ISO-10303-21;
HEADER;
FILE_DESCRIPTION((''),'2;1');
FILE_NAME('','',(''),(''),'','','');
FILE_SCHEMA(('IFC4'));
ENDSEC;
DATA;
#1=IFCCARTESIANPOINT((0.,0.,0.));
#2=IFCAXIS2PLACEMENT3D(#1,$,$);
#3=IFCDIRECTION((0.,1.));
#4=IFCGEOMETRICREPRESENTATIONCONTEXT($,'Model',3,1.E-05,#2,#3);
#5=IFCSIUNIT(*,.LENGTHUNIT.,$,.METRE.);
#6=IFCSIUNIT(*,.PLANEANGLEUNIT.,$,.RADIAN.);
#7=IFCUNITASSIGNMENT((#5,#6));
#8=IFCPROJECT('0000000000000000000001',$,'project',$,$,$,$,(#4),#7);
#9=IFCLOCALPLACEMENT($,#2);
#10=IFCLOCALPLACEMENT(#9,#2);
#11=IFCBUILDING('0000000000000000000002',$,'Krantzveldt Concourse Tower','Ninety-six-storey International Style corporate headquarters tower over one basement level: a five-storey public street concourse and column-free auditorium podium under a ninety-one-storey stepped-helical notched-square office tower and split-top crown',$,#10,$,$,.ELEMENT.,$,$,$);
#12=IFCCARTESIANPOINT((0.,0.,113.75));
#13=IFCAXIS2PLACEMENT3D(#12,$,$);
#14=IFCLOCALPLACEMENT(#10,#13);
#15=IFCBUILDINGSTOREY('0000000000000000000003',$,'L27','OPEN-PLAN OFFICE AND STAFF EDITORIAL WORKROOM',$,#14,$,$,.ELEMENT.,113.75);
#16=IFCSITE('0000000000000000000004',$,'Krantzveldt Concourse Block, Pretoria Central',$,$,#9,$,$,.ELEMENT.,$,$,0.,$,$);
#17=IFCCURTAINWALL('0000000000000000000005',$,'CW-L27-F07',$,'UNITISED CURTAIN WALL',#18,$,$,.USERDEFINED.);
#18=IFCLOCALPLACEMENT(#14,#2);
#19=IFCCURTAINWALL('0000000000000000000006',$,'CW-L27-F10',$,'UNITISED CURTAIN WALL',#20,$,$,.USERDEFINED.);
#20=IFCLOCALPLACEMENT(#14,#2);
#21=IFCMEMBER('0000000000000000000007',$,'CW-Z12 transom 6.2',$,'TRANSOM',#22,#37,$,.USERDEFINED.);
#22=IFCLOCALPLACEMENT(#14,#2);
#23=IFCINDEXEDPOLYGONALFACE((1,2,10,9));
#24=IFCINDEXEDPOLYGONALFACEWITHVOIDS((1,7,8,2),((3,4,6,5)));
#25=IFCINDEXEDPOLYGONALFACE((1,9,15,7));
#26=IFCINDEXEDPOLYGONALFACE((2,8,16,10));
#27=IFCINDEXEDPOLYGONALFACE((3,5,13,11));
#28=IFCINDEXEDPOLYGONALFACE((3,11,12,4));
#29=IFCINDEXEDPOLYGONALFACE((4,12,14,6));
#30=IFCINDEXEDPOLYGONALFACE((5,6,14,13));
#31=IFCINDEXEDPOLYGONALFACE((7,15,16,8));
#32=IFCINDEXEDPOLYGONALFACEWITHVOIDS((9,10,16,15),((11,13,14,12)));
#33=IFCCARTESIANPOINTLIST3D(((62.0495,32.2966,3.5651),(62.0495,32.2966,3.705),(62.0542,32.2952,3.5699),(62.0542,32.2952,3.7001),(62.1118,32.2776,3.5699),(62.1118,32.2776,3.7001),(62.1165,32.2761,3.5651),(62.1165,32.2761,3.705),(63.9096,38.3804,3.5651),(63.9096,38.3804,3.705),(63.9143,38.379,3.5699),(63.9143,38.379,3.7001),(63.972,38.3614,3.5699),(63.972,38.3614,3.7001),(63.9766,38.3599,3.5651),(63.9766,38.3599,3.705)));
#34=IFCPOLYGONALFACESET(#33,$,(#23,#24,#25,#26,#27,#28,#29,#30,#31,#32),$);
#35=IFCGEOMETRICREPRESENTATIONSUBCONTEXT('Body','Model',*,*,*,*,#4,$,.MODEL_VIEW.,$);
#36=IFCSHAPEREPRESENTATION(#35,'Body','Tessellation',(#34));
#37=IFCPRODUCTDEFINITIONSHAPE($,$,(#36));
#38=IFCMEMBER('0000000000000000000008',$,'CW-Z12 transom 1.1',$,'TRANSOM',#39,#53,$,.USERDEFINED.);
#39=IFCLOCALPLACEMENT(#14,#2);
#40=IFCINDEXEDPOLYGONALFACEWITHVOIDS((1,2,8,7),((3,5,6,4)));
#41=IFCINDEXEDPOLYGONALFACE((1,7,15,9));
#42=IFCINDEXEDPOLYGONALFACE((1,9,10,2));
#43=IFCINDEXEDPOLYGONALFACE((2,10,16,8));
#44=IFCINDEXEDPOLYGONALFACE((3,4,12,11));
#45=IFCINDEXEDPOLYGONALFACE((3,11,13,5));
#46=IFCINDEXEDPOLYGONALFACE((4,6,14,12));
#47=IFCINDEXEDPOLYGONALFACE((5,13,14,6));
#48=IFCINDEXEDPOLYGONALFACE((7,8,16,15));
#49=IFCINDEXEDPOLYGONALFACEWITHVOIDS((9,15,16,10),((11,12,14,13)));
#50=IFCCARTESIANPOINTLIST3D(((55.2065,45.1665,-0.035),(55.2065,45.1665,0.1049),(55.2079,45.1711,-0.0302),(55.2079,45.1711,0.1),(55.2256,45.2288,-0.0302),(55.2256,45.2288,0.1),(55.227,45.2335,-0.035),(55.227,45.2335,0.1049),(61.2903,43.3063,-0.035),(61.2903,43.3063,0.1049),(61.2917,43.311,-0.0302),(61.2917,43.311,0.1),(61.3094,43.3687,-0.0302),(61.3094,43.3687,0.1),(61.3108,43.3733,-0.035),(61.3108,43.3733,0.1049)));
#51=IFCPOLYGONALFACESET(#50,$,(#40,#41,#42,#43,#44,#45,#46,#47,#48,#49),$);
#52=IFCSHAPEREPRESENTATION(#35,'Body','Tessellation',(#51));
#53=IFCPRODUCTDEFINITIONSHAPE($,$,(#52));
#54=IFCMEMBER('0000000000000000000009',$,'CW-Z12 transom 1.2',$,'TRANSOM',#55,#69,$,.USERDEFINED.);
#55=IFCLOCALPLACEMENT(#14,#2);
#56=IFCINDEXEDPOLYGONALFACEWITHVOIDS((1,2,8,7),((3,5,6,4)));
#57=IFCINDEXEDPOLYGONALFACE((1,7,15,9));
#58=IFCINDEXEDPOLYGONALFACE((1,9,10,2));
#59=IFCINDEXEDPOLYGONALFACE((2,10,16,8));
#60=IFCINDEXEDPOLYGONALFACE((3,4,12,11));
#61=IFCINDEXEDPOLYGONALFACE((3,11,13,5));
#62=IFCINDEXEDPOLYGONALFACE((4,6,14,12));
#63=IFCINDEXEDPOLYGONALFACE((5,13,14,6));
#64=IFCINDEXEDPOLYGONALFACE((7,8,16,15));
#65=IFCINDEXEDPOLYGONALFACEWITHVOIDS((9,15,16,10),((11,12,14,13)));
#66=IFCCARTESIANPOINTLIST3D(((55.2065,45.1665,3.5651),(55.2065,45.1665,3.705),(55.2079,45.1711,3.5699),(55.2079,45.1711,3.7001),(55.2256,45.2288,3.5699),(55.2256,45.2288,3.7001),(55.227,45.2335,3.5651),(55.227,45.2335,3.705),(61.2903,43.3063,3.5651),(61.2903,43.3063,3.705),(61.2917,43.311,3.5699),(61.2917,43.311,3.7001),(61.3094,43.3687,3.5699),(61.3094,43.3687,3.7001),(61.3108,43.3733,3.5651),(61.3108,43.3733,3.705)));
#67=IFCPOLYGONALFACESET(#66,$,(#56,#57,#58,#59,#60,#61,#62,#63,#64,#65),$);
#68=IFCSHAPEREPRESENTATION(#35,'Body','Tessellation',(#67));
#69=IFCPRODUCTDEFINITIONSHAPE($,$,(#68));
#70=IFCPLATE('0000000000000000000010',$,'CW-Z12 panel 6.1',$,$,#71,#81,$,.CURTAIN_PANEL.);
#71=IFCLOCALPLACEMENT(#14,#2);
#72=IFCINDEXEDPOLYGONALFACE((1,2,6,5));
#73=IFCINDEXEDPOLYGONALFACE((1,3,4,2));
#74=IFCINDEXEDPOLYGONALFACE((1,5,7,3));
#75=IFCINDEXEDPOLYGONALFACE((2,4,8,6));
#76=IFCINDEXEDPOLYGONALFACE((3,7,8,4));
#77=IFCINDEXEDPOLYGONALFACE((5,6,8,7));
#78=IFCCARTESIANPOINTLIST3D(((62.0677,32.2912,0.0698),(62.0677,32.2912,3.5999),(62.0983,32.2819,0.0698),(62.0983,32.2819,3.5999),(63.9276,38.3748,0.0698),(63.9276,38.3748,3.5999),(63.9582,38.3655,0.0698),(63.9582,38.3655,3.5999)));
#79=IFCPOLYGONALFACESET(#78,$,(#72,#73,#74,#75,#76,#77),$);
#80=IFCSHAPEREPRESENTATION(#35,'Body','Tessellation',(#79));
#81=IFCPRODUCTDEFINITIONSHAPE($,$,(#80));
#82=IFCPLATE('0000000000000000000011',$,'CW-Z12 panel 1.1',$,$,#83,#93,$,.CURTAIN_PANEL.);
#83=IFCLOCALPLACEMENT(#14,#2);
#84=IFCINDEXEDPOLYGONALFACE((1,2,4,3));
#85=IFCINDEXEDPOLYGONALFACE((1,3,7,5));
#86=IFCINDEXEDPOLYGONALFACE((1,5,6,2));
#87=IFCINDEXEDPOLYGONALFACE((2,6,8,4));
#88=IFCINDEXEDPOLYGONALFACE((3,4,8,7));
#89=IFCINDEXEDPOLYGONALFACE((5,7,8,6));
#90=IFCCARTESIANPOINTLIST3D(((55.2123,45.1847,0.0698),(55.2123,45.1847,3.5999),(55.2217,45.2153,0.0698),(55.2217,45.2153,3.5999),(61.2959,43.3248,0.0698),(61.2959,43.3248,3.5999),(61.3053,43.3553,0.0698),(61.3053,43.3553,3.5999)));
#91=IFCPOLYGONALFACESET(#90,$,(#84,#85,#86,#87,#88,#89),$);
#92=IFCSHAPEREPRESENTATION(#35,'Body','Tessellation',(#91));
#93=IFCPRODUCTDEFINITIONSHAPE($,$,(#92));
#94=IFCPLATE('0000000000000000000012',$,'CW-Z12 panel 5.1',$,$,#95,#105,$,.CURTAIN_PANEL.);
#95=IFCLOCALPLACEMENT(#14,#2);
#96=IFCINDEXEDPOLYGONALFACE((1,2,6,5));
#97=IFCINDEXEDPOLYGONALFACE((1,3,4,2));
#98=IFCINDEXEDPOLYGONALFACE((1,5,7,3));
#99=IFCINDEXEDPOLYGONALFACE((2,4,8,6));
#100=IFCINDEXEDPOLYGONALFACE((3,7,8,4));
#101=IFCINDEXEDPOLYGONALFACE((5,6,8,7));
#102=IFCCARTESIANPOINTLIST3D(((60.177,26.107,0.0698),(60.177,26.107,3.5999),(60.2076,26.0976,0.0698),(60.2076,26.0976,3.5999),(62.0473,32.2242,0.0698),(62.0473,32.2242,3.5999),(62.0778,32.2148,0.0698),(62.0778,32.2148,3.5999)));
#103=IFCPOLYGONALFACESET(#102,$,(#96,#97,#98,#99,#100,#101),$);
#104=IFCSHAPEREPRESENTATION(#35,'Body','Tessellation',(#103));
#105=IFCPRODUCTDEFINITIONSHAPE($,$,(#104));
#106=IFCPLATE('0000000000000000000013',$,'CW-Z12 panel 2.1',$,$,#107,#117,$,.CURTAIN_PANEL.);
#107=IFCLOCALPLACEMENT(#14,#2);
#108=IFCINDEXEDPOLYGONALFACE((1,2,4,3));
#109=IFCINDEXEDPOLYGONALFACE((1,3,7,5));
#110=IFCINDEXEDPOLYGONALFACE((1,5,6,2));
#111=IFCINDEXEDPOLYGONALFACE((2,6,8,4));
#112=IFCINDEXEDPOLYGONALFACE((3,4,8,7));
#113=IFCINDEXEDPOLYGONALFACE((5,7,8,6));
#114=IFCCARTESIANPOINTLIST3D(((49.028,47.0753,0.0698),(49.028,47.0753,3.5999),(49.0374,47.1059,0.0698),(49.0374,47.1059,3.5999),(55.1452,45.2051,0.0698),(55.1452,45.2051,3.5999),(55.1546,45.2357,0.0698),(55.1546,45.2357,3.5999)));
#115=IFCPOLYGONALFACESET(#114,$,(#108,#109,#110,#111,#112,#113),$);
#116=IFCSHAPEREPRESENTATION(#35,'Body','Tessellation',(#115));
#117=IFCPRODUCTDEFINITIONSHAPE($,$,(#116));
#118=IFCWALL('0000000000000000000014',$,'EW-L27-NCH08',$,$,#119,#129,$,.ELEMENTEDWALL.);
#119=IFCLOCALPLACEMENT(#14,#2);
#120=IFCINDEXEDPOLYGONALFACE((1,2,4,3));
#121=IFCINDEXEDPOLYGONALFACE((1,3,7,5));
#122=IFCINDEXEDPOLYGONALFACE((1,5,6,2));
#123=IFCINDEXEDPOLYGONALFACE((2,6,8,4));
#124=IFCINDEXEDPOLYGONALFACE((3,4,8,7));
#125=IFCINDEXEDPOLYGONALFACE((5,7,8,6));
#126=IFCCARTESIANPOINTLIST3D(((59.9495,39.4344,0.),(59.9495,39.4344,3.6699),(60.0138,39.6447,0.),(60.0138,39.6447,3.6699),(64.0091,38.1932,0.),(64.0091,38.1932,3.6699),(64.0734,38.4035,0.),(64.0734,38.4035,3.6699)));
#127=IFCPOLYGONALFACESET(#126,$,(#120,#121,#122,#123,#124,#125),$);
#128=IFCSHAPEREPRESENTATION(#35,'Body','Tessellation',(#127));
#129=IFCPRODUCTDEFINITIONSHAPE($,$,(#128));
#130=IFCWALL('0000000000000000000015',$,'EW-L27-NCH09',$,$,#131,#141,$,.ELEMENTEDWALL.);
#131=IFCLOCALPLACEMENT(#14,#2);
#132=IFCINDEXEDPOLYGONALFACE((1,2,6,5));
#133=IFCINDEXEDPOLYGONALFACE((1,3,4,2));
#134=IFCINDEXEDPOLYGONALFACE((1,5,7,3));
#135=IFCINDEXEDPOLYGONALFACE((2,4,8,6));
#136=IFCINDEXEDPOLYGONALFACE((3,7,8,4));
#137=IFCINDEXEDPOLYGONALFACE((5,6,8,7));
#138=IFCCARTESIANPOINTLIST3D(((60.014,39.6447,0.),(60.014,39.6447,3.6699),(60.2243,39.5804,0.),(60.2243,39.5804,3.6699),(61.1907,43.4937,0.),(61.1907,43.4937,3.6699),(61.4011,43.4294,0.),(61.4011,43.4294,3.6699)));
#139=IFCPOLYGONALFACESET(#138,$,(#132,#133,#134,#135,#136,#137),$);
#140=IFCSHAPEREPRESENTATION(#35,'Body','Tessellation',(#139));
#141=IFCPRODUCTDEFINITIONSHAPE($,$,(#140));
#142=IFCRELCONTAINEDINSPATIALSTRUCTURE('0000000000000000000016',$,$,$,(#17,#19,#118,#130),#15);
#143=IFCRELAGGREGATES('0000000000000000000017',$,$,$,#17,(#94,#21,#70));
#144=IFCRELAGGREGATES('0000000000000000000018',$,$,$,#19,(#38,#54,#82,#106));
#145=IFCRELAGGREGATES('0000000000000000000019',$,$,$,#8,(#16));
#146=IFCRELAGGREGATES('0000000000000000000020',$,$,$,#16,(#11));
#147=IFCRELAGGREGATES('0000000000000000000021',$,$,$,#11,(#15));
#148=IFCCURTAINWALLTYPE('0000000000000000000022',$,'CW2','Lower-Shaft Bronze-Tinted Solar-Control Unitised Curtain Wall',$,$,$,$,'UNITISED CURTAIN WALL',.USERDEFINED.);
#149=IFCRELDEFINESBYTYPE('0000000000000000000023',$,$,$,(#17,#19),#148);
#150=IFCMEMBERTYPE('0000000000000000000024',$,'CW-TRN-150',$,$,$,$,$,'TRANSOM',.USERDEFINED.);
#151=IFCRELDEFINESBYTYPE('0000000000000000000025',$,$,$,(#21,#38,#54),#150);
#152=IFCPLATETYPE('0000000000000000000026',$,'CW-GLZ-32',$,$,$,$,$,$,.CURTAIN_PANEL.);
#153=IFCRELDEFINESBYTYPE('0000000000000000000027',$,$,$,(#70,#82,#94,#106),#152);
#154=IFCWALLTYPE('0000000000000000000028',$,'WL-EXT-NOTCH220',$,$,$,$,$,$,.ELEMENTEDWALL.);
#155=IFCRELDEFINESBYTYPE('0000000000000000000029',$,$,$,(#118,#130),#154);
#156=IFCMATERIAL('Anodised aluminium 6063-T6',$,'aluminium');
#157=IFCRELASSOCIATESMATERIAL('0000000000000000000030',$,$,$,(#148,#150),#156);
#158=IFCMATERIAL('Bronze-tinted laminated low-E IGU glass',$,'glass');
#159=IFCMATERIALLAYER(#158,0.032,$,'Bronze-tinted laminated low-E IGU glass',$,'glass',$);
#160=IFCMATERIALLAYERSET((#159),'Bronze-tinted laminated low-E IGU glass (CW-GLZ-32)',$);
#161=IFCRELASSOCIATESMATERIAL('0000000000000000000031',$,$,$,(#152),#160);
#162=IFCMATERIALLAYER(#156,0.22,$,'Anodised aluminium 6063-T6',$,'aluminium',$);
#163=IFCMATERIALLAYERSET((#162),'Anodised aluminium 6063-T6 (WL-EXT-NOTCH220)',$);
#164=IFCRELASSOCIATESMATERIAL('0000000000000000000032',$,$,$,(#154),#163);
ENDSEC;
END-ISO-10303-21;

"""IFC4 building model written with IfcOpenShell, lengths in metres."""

from ifc_helpers import new_model, si_unit, direction, frame, frame_2d, origin, origin_2d, place, context, subcontext, project, spatial, rectangle, hollow_rectangle, extrude, source, transform, mapped, material, layer, layer_set, material_profile, profile_set, type_object, type_shapes, element, aggregate, save


model = new_model("IFC4")

# Units and contexts
model_context = context("Model", 3, precision=1e-05, world=origin(), true_north=direction((0.0, 1.0)))
body_context = subcontext(model_context, "Body", "Model", "MODEL_VIEW")
ifc_project = project(units=[si_unit("LENGTHUNIT", "METRE"), si_unit("PLANEANGLEUNIT", "RADIAN")], contexts=[model_context])

# Site, building, storey
site_placement = place(None, origin())
site = spatial("IfcSite", under=ifc_project, at=site_placement, Name="Krantzveldt Concourse Block, Pretoria Central", CompositionType="ELEMENT", RefElevation=0.0)
building_placement = place(site_placement, origin())
building = spatial("IfcBuilding", under=site, at=building_placement, Name="Krantzveldt Concourse Tower", Description="Ninety-six-storey International Style corporate headquarters tower over one basement level: a five-storey public street concourse and column-free auditorium podium under a ninety-one-storey stepped-helical notched-square office tower and split-top crown", CompositionType="ELEMENT")
storey_placement = place(building_placement, frame((0.0, 0.0, 113.75)))
storey = spatial("IfcBuildingStorey", under=building, at=storey_placement, Name="L27", Description="OPEN-PLAN OFFICE AND STAFF EDITORIAL WORKROOM", CompositionType="ELEMENT", Elevation=113.75)

# Curtain walls
ifc_material_1 = material(Name="Anodised aluminium 6063-T6", Category="aluminium")
curtain_wall_type = type_object("IfcCurtainWallType", Name="CW2", Description="Lower-Shaft Bronze-Tinted Solar-Control Unitised Curtain Wall", ElementType="UNITISED CURTAIN WALL", PredefinedType="USERDEFINED", material=ifc_material_1)
curtain_wall_1_placement = place(storey_placement, origin())
curtain_wall_1 = element("IfcCurtainWall", 1, at=curtain_wall_1_placement, inside=storey, type_object=curtain_wall_type, Name="CW-L27-F07", ObjectType="UNITISED CURTAIN WALL", PredefinedType="USERDEFINED")
curtain_wall_2_placement = place(storey_placement, origin())
curtain_wall_2 = element("IfcCurtainWall", 2, at=curtain_wall_2_placement, inside=storey, type_object=curtain_wall_type, Name="CW-L27-F10", ObjectType="UNITISED CURTAIN WALL", PredefinedType="USERDEFINED")

# Members
ifc_material_profile_1 = material_profile(ifc_material_1, hollow_rectangle(XDim=0.0701, YDim=0.1399, WallThickness=0.0049, at=origin_2d()), Name="Anodised aluminium 6063-T6", Category="aluminium")
ifc_profile_set_1 = profile_set([ifc_material_profile_1], Name="Anodised aluminium 6063-T6 - ALU-TRAN 140x70x5")
member_type_1 = type_object("IfcMemberType", Name="CW-TRN-150", ElementType="TRANSOM", PredefinedType="USERDEFINED", material=ifc_profile_set_1)
shared_shape_1 = source(origin(), body_context, "Body", "SweptSolid", [
    extrude(hollow_rectangle(XDim=0.0701, YDim=0.1399, WallThickness=0.0049, at=origin_2d()), origin(), (0.0, 0.0, 1.0), 6.3618),
])
member_1_placement = place(storey_placement, frame((62.083, 32.2864, 3.635), z_axis=(0.292389, 0.956299, 0.0), x_axis=(-0.956299, 0.292389, 0.0)))
member_1 = element("IfcMember", 3, at=member_1_placement, type_object=member_type_1, Name="CW-Z12 transom 6.2", ObjectType="TRANSOM", PredefinedType="USERDEFINED", context=body_context, shape_type="MappedRepresentation", body=[
    mapped(shared_shape_1, transform((0.0, 0.0, 0.0), x_axis=(1.0, 0.0, 0.0), y_axis=(0.0, 1.0, 0.0), z_axis=(0.0, 0.0, 1.0), scale=1.0)),
])
member_2_placement = place(storey_placement, frame((61.3005, 43.3398, 0.0349), z_axis=(-0.956299, 0.292389, 0.0), x_axis=(-0.292389, -0.956299, 0.0)))
member_2 = element("IfcMember", 4, at=member_2_placement, type_object=member_type_1, Name="CW-Z12 transom 1.1", ObjectType="TRANSOM", PredefinedType="USERDEFINED", context=body_context, shape_type="MappedRepresentation", body=[
    mapped(shared_shape_1, transform((0.0, 0.0, 0.0), x_axis=(1.0, 0.0, 0.0), y_axis=(0.0, 1.0, 0.0), z_axis=(0.0, 0.0, 1.0), scale=1.0)),
])
member_3_placement = place(storey_placement, frame((61.3005, 43.3398, 3.635), z_axis=(-0.956299, 0.292389, 0.0), x_axis=(-0.292389, -0.956299, 0.0)))
member_3 = element("IfcMember", 5, at=member_3_placement, type_object=member_type_1, Name="CW-Z12 transom 1.2", ObjectType="TRANSOM", PredefinedType="USERDEFINED", context=body_context, shape_type="MappedRepresentation", body=[
    mapped(shared_shape_1, transform((0.0, 0.0, 0.0), x_axis=(1.0, 0.0, 0.0), y_axis=(0.0, 1.0, 0.0), z_axis=(0.0, 0.0, 1.0), scale=1.0)),
])

# Plates
ifc_material_2 = material(Name="Bronze-tinted laminated low-E IGU glass", Category="glass")
ifc_layer_1 = layer(ifc_material_2, 0.032, Name="Bronze-tinted laminated low-E IGU glass", Category="glass")
ifc_layer_set_1 = layer_set([ifc_layer_1], Name="Bronze-tinted laminated low-E IGU glass (CW-GLZ-32)")
plate_type = type_object("IfcPlateType", Name="CW-GLZ-32", PredefinedType="CURTAIN_PANEL", material=ifc_layer_set_1)
shared_shape_2 = source(origin(), body_context, "Body", "SweptSolid", [
    extrude(rectangle(XDim=6.3616, YDim=0.032, at=origin_2d()), origin(), (0.0, 0.0, 1.0), 3.53),
])
plate_1_placement = place(storey_placement, frame((63.0129, 35.3284, 0.0698), z_axis=(0.0, 0.0, 1.0), x_axis=(0.292372, 0.956305, 0.0)))
plate_1 = element("IfcPlate", 6, at=plate_1_placement, type_object=plate_type, Name="CW-Z12 panel 6.1", PredefinedType="CURTAIN_PANEL", context=body_context, shape_type="MappedRepresentation", body=[
    mapped(shared_shape_2, transform((0.0, 0.0, 0.0), x_axis=(1.0, 0.0, 0.0), y_axis=(0.0, 1.0, 0.0), z_axis=(0.0, 0.0, 1.0), scale=1.0)),
])
plate_2_placement = place(storey_placement, frame((58.2588, 44.27, 0.0698), z_axis=(0.0, 0.0, 1.0), x_axis=(-0.956305, 0.292372, 0.0)))
plate_2 = element("IfcPlate", 7, at=plate_2_placement, type_object=plate_type, Name="CW-Z12 panel 1.1", PredefinedType="CURTAIN_PANEL", context=body_context, shape_type="MappedRepresentation", body=[
    mapped(shared_shape_2, transform((0.0, 0.0, 0.0), x_axis=(1.0, 0.0, 0.0), y_axis=(0.0, 1.0, 0.0), z_axis=(0.0, 0.0, 1.0), scale=1.0)),
])
shared_shape_3 = source(origin(), body_context, "Body", "SweptSolid", [
    extrude(rectangle(XDim=6.3967, YDim=0.032, at=origin_2d()), origin(), (0.0, 0.0, 1.0), 3.53),
])
type_shapes(plate_type, [shared_shape_2, shared_shape_3])
plate_3_placement = place(storey_placement, frame((61.1274, 29.1609, 0.0698), z_axis=(0.0, 0.0, 1.0), x_axis=(0.292372, 0.956305, 0.0)))
plate_3 = element("IfcPlate", 8, at=plate_3_placement, type_object=plate_type, Name="CW-Z12 panel 5.1", PredefinedType="CURTAIN_PANEL", context=body_context, shape_type="MappedRepresentation", body=[
    mapped(shared_shape_3, transform((0.0, 0.0, 0.0), x_axis=(1.0, 0.0, 0.0), y_axis=(0.0, 1.0, 0.0), z_axis=(0.0, 0.0, 1.0), scale=1.0)),
])
aggregate(curtain_wall_1, [plate_3, member_1, plate_1])
plate_4_placement = place(storey_placement, frame((52.0913, 46.1555, 0.0698), z_axis=(0.0, 0.0, 1.0), x_axis=(-0.956305, 0.292372, 0.0)))
plate_4 = element("IfcPlate", 9, at=plate_4_placement, type_object=plate_type, Name="CW-Z12 panel 2.1", PredefinedType="CURTAIN_PANEL", context=body_context, shape_type="MappedRepresentation", body=[
    mapped(shared_shape_3, transform((0.0, 0.0, 0.0), x_axis=(1.0, 0.0, 0.0), y_axis=(0.0, 1.0, 0.0), z_axis=(0.0, 0.0, 1.0), scale=1.0)),
])
aggregate(curtain_wall_2, [member_2, member_3, plate_2, plate_4])

# Walls
ifc_layer_2 = layer(ifc_material_1, 0.22, Name="Anodised aluminium 6063-T6", Category="aluminium")
ifc_layer_set_2 = layer_set([ifc_layer_2], Name="Anodised aluminium 6063-T6 (WL-EXT-NOTCH220)")
wall_type = type_object("IfcWallType", Name="WL-EXT-NOTCH220", PredefinedType="ELEMENTEDWALL", material=ifc_layer_set_2)
wall_1_placement = place(storey_placement, frame((64.0413, 38.2983, 0.0), z_axis=(0.0, 0.0, 1.0), x_axis=(-0.9563, 0.292388, 0.0)))
element("IfcWall", 10, at=wall_1_placement, inside=storey, type_object=wall_type, Name="EW-L27-NCH08", PredefinedType="ELEMENTEDWALL", context=body_context, shape_type="SweptSolid", body=[
    extrude(rectangle(XDim=4.2451, YDim=0.22, at=frame_2d((2.1226, 0.0))), origin(), (0.0, 0.0, 1.0), 3.6699),
])
wall_2_placement = place(storey_placement, frame((60.1191, 39.6125, 0.0), z_axis=(0.0, 0.0, 1.0), x_axis=(0.292363, 0.956307, 0.0)))
element("IfcWall", 11, at=wall_2_placement, inside=storey, type_object=wall_type, Name="EW-L27-NCH09", PredefinedType="ELEMENTEDWALL", context=body_context, shape_type="SweptSolid", body=[
    extrude(rectangle(XDim=4.0249, YDim=0.22, at=frame_2d((2.0125, 0.0))), origin(), (0.0, 0.0, 1.0), 3.6699),
])

save(model, "model.ifc")
